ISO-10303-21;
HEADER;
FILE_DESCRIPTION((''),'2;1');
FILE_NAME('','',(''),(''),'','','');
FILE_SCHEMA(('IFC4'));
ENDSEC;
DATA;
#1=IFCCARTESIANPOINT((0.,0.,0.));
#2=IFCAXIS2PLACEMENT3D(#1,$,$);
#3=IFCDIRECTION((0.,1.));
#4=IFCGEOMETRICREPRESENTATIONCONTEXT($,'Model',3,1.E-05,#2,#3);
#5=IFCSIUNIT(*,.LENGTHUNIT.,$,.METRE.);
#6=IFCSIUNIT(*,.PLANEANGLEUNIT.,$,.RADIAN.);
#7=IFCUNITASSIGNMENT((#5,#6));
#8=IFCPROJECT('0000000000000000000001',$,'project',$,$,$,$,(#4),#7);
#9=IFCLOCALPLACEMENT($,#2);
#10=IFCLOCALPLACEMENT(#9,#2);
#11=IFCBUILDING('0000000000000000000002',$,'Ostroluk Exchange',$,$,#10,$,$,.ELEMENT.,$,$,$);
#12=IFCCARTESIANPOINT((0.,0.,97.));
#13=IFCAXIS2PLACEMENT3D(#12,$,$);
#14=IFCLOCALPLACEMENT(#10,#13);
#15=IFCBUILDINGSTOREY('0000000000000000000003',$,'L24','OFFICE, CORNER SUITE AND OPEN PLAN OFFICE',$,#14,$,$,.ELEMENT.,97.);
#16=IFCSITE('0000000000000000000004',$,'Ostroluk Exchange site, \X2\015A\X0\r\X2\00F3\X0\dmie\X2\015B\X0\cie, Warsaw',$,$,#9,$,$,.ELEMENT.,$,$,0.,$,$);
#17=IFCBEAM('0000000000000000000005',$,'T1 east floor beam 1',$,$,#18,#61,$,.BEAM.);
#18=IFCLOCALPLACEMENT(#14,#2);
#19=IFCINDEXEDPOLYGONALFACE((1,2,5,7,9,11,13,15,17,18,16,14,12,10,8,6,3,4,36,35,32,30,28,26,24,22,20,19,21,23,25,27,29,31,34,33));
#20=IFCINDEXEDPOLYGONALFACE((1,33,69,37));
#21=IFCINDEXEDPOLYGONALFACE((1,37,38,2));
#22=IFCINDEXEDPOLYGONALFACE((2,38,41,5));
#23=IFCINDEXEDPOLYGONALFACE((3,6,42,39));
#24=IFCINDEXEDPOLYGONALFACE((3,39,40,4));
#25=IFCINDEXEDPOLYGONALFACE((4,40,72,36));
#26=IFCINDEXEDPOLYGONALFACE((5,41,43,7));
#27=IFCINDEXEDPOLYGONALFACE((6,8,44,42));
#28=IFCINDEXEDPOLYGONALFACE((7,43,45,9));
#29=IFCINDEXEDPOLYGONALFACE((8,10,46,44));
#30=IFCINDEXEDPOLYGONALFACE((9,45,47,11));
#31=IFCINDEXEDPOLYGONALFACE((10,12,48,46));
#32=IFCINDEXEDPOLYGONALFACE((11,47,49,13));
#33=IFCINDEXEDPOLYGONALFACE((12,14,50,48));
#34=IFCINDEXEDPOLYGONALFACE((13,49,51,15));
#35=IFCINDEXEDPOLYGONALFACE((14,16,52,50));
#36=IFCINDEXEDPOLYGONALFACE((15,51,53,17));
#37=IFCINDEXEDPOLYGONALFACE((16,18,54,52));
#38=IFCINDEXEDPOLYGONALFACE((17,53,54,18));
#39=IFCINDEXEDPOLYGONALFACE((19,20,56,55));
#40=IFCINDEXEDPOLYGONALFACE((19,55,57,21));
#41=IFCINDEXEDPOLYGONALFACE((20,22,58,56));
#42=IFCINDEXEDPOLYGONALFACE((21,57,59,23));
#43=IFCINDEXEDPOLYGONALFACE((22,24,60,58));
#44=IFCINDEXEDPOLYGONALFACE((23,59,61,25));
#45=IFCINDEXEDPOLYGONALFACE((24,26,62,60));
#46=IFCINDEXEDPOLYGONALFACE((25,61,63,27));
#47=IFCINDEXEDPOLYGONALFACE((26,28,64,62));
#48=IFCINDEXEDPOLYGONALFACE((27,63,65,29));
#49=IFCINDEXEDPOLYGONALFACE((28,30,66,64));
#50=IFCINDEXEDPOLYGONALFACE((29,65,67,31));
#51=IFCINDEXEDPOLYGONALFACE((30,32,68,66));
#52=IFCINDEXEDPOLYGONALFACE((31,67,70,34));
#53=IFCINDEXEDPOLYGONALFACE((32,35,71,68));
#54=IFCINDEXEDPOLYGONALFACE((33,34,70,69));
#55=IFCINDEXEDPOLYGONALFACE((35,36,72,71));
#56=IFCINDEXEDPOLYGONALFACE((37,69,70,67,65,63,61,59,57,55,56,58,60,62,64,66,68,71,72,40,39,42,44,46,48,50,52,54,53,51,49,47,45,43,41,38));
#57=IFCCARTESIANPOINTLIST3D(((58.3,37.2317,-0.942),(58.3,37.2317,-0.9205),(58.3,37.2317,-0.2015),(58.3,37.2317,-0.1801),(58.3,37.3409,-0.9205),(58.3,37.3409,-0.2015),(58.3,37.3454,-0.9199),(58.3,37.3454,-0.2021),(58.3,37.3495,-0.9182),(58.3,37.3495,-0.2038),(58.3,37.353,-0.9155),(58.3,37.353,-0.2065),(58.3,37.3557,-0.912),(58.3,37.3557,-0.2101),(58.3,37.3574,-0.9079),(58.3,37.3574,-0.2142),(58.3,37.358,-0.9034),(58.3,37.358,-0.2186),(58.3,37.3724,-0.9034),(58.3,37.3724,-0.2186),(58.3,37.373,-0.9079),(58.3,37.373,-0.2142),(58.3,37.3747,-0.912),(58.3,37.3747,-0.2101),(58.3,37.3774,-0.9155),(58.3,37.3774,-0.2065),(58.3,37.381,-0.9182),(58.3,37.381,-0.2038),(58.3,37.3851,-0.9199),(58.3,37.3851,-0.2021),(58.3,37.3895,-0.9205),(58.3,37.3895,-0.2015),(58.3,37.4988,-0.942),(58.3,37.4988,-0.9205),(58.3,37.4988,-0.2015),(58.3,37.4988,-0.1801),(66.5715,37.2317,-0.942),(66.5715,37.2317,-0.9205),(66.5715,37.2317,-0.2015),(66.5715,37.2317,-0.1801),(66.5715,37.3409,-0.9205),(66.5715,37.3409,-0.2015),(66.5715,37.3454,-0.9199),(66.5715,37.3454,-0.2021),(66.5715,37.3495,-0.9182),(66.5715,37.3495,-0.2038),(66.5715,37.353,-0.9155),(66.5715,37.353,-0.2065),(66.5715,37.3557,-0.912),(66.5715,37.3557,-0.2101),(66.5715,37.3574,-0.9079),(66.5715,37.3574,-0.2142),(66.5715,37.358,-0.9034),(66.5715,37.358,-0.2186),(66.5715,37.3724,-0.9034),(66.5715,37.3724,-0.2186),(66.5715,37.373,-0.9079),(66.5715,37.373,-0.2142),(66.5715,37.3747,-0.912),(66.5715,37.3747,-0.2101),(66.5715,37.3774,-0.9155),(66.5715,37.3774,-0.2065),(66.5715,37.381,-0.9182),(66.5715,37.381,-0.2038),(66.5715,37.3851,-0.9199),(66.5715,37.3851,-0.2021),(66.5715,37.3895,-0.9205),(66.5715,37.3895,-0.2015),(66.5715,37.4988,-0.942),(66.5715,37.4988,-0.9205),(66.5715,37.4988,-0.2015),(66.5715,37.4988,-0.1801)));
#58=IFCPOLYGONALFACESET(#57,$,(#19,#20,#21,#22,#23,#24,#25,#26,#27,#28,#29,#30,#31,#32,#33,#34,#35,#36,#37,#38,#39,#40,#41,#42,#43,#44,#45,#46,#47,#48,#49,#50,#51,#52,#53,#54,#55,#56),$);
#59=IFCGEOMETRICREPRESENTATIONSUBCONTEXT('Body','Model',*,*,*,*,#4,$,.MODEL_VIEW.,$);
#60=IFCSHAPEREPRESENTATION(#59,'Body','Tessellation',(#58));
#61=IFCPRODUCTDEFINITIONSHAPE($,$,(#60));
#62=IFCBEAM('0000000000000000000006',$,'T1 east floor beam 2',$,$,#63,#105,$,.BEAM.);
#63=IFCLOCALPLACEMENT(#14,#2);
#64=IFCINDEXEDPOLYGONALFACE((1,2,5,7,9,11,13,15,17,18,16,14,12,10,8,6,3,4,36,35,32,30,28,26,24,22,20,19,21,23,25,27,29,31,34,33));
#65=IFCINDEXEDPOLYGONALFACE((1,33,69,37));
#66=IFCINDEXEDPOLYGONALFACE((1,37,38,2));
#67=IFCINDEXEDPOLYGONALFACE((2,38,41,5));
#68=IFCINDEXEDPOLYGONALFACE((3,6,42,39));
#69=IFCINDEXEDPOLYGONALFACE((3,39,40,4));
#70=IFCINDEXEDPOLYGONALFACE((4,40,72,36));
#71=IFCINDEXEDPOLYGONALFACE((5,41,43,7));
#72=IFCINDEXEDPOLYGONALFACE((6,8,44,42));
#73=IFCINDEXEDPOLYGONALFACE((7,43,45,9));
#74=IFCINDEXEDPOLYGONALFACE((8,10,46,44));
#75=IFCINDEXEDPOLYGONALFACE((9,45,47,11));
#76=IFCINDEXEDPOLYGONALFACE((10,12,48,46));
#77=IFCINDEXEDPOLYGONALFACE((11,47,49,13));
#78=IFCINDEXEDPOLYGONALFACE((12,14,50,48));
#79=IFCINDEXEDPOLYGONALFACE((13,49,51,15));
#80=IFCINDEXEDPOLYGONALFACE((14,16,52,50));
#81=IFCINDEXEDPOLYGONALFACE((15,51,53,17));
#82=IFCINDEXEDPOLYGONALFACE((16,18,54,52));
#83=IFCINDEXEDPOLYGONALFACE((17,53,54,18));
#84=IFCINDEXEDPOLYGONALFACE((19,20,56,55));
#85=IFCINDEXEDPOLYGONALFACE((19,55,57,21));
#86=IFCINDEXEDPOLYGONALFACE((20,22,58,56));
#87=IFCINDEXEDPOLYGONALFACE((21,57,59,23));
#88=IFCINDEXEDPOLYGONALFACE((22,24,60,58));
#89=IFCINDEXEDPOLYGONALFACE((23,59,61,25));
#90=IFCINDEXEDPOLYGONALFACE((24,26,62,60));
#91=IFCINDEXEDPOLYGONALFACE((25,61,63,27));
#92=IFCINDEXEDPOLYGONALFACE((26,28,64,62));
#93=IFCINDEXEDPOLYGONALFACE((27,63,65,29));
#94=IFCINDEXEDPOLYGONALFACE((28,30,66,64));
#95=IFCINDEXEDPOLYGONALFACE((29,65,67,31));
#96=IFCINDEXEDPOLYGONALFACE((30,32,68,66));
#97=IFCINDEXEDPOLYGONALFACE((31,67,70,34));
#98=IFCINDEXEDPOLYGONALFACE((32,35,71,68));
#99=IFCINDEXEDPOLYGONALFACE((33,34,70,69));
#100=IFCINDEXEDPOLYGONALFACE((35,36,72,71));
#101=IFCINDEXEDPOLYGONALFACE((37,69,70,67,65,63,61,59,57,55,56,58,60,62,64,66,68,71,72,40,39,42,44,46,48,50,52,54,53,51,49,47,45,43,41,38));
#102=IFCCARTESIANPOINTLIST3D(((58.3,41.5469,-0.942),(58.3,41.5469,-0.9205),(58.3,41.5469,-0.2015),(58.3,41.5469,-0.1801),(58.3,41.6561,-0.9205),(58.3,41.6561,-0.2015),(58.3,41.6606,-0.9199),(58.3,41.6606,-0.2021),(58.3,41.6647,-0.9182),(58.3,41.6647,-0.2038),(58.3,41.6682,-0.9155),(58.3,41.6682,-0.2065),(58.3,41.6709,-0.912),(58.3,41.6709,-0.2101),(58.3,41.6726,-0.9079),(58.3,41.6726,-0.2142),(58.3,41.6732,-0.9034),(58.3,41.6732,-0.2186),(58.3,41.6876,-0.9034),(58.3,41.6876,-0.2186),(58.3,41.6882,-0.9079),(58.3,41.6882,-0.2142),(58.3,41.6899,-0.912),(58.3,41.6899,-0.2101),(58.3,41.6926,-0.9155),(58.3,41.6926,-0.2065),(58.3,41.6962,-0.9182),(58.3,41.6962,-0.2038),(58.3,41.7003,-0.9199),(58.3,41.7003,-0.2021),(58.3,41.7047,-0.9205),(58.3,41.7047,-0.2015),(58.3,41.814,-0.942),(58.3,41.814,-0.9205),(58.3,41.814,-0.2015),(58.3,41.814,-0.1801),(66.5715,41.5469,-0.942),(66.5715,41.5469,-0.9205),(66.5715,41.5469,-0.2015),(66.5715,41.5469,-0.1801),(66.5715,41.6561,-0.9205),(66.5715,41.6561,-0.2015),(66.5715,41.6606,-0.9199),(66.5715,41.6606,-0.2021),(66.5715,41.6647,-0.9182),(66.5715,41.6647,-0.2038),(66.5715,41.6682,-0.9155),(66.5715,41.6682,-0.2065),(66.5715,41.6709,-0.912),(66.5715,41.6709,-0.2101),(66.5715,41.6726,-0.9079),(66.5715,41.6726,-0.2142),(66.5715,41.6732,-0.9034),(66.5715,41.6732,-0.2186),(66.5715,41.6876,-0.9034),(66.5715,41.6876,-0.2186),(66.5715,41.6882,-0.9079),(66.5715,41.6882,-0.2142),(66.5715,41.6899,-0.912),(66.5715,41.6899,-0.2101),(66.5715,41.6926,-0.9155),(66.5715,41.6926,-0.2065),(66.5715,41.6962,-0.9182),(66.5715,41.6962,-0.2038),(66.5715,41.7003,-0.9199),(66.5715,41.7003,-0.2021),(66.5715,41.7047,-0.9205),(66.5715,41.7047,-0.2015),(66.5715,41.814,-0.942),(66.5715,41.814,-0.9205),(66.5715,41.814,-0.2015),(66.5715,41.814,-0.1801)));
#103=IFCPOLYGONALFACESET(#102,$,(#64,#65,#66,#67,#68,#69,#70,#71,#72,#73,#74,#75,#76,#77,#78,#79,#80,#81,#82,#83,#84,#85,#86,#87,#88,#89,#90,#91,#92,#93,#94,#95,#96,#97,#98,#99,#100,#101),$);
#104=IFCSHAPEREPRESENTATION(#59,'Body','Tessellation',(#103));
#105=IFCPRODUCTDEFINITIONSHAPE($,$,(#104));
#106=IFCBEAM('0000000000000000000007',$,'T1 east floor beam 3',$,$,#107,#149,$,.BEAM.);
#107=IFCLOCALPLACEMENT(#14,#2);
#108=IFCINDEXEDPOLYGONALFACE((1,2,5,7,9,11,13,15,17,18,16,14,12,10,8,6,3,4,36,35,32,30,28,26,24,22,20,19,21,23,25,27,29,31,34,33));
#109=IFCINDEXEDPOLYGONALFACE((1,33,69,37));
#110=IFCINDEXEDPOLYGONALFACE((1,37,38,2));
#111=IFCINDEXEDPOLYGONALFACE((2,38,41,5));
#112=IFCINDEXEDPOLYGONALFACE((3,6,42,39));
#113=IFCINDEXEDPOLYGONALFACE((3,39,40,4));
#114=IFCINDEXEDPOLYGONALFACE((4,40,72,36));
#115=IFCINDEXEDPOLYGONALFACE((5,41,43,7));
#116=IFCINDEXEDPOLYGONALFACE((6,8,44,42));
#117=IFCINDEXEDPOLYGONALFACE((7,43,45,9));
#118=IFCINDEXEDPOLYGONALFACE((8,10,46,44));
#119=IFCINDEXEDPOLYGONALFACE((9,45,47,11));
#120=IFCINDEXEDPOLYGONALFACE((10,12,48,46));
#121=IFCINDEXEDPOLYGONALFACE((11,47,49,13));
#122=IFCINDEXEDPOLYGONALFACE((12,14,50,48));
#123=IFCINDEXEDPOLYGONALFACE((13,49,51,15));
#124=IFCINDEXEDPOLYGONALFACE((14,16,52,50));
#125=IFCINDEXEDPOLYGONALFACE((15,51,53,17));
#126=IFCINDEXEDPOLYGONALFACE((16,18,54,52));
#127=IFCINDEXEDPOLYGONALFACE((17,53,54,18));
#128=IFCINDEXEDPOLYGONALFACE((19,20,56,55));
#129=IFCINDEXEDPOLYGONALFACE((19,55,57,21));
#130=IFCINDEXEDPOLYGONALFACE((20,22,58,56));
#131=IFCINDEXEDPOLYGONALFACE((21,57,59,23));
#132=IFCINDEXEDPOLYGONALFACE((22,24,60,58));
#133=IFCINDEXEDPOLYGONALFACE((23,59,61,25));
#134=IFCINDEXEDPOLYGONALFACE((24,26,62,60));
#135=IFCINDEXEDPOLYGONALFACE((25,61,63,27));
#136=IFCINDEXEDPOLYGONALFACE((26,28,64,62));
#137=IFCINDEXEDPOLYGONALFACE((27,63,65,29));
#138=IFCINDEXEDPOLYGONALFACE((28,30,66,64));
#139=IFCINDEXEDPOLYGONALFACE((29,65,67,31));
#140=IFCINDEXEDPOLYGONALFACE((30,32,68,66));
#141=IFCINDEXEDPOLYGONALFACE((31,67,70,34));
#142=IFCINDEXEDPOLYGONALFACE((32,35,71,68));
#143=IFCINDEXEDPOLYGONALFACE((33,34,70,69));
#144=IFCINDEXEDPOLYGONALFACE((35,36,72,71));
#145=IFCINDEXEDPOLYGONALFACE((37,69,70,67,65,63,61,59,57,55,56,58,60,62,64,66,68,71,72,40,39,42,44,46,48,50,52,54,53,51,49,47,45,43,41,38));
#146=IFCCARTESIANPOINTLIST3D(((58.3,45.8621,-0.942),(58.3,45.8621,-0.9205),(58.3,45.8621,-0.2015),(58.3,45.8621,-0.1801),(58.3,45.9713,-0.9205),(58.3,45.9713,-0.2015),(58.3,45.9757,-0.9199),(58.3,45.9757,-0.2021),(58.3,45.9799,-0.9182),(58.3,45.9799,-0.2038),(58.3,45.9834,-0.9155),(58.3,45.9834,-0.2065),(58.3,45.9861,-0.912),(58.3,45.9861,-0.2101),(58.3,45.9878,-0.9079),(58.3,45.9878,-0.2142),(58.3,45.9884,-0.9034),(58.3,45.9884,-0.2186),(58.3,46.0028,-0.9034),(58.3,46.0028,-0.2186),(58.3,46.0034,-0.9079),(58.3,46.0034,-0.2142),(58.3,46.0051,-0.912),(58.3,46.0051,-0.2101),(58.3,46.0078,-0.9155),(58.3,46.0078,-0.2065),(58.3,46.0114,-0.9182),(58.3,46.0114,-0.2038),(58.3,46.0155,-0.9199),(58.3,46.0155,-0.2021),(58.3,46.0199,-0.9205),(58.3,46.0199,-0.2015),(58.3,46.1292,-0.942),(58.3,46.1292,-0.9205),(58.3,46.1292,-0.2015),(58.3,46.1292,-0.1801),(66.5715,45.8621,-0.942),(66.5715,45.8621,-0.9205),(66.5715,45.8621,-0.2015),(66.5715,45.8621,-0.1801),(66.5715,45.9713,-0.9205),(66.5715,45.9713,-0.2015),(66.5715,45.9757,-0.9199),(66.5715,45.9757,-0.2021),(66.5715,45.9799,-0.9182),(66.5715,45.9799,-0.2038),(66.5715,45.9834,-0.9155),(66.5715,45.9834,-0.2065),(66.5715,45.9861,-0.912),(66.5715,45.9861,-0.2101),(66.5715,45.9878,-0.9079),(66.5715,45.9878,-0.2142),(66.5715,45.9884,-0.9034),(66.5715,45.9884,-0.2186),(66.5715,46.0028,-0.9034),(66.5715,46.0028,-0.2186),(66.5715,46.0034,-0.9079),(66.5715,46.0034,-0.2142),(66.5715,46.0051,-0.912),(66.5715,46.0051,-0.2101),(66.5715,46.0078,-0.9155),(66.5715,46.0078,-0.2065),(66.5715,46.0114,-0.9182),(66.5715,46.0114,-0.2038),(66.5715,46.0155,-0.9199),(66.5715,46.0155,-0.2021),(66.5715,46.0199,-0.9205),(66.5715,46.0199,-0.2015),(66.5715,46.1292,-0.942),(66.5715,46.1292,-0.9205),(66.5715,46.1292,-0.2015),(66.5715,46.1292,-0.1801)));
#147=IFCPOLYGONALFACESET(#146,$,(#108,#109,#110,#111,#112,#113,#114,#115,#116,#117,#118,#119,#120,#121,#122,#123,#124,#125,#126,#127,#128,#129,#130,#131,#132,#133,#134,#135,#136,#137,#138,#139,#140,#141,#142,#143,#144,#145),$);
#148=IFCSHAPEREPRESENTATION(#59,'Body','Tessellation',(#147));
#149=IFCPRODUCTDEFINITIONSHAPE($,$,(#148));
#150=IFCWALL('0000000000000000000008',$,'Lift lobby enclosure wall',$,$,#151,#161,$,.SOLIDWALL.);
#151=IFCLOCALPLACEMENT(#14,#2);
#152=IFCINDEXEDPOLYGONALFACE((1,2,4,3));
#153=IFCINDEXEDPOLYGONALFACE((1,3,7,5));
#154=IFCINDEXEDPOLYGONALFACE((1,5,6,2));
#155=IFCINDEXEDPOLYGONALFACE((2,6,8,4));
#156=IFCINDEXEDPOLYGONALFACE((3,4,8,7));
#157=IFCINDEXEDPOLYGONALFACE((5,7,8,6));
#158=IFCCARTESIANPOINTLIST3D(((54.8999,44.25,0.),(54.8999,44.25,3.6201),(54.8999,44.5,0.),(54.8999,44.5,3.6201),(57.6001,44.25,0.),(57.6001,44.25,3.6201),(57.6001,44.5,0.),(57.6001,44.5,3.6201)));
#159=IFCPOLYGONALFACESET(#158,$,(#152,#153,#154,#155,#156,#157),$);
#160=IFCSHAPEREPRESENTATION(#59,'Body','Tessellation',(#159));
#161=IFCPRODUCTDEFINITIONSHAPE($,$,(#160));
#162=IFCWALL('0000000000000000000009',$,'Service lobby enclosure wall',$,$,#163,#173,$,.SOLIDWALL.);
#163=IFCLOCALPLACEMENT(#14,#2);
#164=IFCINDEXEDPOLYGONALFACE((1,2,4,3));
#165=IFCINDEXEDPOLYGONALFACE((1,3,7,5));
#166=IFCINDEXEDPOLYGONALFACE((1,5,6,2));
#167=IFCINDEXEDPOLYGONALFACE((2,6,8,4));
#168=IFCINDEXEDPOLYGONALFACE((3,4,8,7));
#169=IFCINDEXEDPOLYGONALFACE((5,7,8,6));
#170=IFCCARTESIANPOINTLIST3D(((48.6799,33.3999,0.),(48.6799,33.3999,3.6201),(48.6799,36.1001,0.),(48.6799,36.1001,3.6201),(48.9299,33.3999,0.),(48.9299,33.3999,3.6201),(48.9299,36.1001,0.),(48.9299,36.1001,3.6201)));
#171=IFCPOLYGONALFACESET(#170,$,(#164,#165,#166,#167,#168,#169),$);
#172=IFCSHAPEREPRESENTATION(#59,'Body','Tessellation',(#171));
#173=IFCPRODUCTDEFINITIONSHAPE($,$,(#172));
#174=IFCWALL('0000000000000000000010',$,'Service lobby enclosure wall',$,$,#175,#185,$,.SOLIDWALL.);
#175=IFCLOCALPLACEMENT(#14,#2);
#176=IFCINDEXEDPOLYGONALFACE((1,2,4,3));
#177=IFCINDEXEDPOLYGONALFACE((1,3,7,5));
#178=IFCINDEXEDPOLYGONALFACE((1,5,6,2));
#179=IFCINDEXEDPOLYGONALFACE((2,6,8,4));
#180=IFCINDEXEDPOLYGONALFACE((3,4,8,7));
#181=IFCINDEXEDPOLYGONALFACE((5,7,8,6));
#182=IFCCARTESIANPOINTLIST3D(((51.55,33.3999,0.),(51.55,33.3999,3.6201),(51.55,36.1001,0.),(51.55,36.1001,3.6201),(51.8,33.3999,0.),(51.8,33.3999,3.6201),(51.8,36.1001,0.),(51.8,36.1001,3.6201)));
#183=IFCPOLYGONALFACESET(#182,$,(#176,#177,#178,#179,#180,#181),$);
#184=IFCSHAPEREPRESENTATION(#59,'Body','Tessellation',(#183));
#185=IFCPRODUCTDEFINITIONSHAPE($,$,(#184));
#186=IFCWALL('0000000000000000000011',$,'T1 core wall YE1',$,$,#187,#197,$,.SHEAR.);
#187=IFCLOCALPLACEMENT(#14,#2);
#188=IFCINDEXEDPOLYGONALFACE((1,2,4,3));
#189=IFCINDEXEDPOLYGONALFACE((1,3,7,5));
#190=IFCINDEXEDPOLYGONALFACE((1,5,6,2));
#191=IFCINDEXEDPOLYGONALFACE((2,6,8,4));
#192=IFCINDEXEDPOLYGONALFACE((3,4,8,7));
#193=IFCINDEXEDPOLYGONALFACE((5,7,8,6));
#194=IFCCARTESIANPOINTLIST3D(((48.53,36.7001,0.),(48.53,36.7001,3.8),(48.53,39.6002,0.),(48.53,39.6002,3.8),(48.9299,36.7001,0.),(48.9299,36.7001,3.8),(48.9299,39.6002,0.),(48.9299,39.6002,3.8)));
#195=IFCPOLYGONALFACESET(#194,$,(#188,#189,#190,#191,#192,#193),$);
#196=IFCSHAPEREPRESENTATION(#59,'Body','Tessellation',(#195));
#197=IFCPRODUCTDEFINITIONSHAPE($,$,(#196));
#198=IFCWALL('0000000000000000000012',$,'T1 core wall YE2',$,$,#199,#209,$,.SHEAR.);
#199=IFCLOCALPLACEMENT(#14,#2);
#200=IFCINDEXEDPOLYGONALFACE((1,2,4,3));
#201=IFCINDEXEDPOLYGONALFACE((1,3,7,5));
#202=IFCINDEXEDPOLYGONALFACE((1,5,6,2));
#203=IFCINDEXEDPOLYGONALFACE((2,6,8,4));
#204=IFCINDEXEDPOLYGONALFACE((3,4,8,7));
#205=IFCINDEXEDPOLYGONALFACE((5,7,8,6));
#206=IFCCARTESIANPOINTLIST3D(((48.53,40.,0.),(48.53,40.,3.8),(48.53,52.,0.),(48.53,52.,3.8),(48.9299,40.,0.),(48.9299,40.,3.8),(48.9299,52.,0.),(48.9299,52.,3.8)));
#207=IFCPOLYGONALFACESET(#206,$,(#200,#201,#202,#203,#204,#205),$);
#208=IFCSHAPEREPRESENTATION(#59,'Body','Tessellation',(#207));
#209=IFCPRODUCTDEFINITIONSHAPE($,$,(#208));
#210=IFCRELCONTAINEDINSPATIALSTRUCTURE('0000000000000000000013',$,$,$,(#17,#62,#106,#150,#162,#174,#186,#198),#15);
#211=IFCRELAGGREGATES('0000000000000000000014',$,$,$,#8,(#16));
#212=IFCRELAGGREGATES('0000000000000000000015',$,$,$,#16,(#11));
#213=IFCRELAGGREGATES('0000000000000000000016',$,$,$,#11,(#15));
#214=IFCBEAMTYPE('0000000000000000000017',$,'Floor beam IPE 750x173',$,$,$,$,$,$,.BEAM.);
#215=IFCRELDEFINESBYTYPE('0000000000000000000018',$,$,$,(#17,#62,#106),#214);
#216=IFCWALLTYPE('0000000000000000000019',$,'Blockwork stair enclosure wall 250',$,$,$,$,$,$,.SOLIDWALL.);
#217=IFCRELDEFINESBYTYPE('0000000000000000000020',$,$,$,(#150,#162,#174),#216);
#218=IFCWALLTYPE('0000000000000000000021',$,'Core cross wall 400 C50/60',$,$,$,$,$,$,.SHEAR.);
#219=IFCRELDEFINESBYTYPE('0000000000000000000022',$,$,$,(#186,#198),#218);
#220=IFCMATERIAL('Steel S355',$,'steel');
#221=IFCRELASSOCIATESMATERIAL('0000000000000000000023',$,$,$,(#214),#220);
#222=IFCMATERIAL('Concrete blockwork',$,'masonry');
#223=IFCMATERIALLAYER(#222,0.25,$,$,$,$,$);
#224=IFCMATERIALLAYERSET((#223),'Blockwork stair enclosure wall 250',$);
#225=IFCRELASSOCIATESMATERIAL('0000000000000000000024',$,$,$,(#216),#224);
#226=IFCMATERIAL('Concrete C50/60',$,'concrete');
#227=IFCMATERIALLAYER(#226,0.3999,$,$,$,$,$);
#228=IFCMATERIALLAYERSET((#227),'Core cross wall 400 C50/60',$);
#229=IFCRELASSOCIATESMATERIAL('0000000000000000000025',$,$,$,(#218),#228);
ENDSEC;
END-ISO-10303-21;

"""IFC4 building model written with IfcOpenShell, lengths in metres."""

from ifc_helpers import new_model, si_unit, direction, frame, frame_2d, origin, origin_2d, place, context, subcontext, project, spatial, rectangle, i_section, extrude, material, layer, layer_set, material_profile, profile_set, type_object, element, save


model = new_model("IFC4")

# Units and contexts
model_context = context("Model", 3, precision=1e-05, world=origin(), true_north=direction((0.0, 1.0)))
body_context = subcontext(model_context, "Body", "Model", "MODEL_VIEW")
ifc_project = project(units=[si_unit("LENGTHUNIT", "METRE"), si_unit("PLANEANGLEUNIT", "RADIAN")], contexts=[model_context])

# Site, building, storey
site_placement = place(None, origin())
site = spatial("IfcSite", under=ifc_project, at=site_placement, Name="Ostroluk Exchange site, Śródmieście, Warsaw", CompositionType="ELEMENT", RefElevation=0.0)
building_placement = place(site_placement, origin())
building = spatial("IfcBuilding", under=site, at=building_placement, Name="Ostroluk Exchange", CompositionType="ELEMENT")
storey_placement = place(building_placement, frame((0.0, 0.0, 97.0)))
storey = spatial("IfcBuildingStorey", under=building, at=storey_placement, Name="L24", Description="OFFICE, CORNER SUITE AND OPEN PLAN OFFICE", CompositionType="ELEMENT", Elevation=97.0)

# Beams
ifc_material_1 = material(Name="Steel S355", Category="steel")
ifc_material_profile = material_profile(ifc_material_1, i_section(OverallWidth=0.2671, OverallDepth=0.762, WebThickness=0.0144, FlangeThickness=0.0215, FilletRadius=0.0171, at=origin_2d()), Name="IPE 750x173")
ifc_profile_set = profile_set([ifc_material_profile], Name="Steel S355")
beam_type = type_object("IfcBeamType", Name="Floor beam IPE 750x173", PredefinedType="BEAM", material=ifc_profile_set)
for number, where, z_axis, x_axis, name in (
    (1, (58.3, 37.3652, -0.561), (1.0, 0.0, 0.0), (0.0, 1.0, 0.0), "T1 east floor beam 1"),
    (2, (58.3, 41.6804, -0.561), (1.0, 0.0, 0.0), (0.0, 1.0, 0.0), "T1 east floor beam 2"),
    (3, (58.3, 45.9956, -0.561), (1.0, 0.0, 0.0), (0.0, 1.0, 0.0), "T1 east floor beam 3"),
):
    element("IfcBeam", number, at=place(storey_placement, frame(where, z_axis=z_axis, x_axis=x_axis)), inside=storey, type_object=beam_type, Name=name, PredefinedType="BEAM", context=body_context, shape_type="SweptSolid", body=[
        extrude(i_section(OverallWidth=0.2671, OverallDepth=0.762, WebThickness=0.0144, FlangeThickness=0.0215, FilletRadius=0.0171, at=origin_2d()), origin(), (0.0, 0.0, 1.0), 8.2715),
    ])

# Walls
ifc_material_2 = material(Name="Concrete blockwork", Category="masonry")
ifc_layer_1 = layer(ifc_material_2, 0.25)
ifc_layer_set_1 = layer_set([ifc_layer_1], Name="Blockwork stair enclosure wall 250")
wall_type_1 = type_object("IfcWallType", Name="Blockwork stair enclosure wall 250", PredefinedType="SOLIDWALL", material=ifc_layer_set_1)
for number, where, z_axis, x_axis, name in (
    (4, (54.8999, 44.375, 0.0), (0.0, 0.0, 1.0), (1.0, 0.0, 0.0), "Lift lobby enclosure wall"),
    (5, (48.8049, 33.3999, 0.0), (0.0, 0.0, 1.0), (0.0, 1.0, 0.0), "Service lobby enclosure wall"),
    (6, (51.675, 33.3999, 0.0), (0.0, 0.0, 1.0), (0.0, 1.0, 0.0), "Service lobby enclosure wall"),
):
    element("IfcWall", number, at=place(storey_placement, frame(where, z_axis=z_axis, x_axis=x_axis)), inside=storey, type_object=wall_type_1, Name=name, PredefinedType="SOLIDWALL", context=body_context, shape_type="SweptSolid", body=[
        extrude(rectangle(XDim=2.7002, YDim=0.25, at=frame_2d((1.3501, 0.0))), origin(), (0.0, 0.0, 1.0), 3.6201),
    ])
ifc_material_3 = material(Name="Concrete C50/60", Category="concrete")
ifc_layer_2 = layer(ifc_material_3, 0.3999)
ifc_layer_set_2 = layer_set([ifc_layer_2], Name="Core cross wall 400 C50/60")
wall_type_2 = type_object("IfcWallType", Name="Core cross wall 400 C50/60", PredefinedType="SHEAR", material=ifc_layer_set_2)
wall_1_placement = place(storey_placement, frame((48.73, 36.7, 0.0), z_axis=(0.0, 0.0, 1.0), x_axis=(0.0, 1.0, 0.0)))
element("IfcWall", 7, at=wall_1_placement, inside=storey, type_object=wall_type_2, Name="T1 core wall YE1", PredefinedType="SHEAR", context=body_context, shape_type="SweptSolid", body=[
    extrude(rectangle(XDim=2.9001, YDim=0.3999, at=frame_2d((1.4502, 0.0))), origin(), (0.0, 0.0, 1.0), 3.8),
])
wall_2_placement = place(storey_placement, frame((48.73, 40.0, 0.0), z_axis=(0.0, 0.0, 1.0), x_axis=(0.0, 1.0, 0.0)))
element("IfcWall", 8, at=wall_2_placement, inside=storey, type_object=wall_type_2, Name="T1 core wall YE2", PredefinedType="SHEAR", context=body_context, shape_type="SweptSolid", body=[
    extrude(rectangle(XDim=12.0, YDim=0.3999, at=frame_2d((6.0, 0.0))), origin(), (0.0, 0.0, 1.0), 3.8),
])

save(model, "model.ifc")
